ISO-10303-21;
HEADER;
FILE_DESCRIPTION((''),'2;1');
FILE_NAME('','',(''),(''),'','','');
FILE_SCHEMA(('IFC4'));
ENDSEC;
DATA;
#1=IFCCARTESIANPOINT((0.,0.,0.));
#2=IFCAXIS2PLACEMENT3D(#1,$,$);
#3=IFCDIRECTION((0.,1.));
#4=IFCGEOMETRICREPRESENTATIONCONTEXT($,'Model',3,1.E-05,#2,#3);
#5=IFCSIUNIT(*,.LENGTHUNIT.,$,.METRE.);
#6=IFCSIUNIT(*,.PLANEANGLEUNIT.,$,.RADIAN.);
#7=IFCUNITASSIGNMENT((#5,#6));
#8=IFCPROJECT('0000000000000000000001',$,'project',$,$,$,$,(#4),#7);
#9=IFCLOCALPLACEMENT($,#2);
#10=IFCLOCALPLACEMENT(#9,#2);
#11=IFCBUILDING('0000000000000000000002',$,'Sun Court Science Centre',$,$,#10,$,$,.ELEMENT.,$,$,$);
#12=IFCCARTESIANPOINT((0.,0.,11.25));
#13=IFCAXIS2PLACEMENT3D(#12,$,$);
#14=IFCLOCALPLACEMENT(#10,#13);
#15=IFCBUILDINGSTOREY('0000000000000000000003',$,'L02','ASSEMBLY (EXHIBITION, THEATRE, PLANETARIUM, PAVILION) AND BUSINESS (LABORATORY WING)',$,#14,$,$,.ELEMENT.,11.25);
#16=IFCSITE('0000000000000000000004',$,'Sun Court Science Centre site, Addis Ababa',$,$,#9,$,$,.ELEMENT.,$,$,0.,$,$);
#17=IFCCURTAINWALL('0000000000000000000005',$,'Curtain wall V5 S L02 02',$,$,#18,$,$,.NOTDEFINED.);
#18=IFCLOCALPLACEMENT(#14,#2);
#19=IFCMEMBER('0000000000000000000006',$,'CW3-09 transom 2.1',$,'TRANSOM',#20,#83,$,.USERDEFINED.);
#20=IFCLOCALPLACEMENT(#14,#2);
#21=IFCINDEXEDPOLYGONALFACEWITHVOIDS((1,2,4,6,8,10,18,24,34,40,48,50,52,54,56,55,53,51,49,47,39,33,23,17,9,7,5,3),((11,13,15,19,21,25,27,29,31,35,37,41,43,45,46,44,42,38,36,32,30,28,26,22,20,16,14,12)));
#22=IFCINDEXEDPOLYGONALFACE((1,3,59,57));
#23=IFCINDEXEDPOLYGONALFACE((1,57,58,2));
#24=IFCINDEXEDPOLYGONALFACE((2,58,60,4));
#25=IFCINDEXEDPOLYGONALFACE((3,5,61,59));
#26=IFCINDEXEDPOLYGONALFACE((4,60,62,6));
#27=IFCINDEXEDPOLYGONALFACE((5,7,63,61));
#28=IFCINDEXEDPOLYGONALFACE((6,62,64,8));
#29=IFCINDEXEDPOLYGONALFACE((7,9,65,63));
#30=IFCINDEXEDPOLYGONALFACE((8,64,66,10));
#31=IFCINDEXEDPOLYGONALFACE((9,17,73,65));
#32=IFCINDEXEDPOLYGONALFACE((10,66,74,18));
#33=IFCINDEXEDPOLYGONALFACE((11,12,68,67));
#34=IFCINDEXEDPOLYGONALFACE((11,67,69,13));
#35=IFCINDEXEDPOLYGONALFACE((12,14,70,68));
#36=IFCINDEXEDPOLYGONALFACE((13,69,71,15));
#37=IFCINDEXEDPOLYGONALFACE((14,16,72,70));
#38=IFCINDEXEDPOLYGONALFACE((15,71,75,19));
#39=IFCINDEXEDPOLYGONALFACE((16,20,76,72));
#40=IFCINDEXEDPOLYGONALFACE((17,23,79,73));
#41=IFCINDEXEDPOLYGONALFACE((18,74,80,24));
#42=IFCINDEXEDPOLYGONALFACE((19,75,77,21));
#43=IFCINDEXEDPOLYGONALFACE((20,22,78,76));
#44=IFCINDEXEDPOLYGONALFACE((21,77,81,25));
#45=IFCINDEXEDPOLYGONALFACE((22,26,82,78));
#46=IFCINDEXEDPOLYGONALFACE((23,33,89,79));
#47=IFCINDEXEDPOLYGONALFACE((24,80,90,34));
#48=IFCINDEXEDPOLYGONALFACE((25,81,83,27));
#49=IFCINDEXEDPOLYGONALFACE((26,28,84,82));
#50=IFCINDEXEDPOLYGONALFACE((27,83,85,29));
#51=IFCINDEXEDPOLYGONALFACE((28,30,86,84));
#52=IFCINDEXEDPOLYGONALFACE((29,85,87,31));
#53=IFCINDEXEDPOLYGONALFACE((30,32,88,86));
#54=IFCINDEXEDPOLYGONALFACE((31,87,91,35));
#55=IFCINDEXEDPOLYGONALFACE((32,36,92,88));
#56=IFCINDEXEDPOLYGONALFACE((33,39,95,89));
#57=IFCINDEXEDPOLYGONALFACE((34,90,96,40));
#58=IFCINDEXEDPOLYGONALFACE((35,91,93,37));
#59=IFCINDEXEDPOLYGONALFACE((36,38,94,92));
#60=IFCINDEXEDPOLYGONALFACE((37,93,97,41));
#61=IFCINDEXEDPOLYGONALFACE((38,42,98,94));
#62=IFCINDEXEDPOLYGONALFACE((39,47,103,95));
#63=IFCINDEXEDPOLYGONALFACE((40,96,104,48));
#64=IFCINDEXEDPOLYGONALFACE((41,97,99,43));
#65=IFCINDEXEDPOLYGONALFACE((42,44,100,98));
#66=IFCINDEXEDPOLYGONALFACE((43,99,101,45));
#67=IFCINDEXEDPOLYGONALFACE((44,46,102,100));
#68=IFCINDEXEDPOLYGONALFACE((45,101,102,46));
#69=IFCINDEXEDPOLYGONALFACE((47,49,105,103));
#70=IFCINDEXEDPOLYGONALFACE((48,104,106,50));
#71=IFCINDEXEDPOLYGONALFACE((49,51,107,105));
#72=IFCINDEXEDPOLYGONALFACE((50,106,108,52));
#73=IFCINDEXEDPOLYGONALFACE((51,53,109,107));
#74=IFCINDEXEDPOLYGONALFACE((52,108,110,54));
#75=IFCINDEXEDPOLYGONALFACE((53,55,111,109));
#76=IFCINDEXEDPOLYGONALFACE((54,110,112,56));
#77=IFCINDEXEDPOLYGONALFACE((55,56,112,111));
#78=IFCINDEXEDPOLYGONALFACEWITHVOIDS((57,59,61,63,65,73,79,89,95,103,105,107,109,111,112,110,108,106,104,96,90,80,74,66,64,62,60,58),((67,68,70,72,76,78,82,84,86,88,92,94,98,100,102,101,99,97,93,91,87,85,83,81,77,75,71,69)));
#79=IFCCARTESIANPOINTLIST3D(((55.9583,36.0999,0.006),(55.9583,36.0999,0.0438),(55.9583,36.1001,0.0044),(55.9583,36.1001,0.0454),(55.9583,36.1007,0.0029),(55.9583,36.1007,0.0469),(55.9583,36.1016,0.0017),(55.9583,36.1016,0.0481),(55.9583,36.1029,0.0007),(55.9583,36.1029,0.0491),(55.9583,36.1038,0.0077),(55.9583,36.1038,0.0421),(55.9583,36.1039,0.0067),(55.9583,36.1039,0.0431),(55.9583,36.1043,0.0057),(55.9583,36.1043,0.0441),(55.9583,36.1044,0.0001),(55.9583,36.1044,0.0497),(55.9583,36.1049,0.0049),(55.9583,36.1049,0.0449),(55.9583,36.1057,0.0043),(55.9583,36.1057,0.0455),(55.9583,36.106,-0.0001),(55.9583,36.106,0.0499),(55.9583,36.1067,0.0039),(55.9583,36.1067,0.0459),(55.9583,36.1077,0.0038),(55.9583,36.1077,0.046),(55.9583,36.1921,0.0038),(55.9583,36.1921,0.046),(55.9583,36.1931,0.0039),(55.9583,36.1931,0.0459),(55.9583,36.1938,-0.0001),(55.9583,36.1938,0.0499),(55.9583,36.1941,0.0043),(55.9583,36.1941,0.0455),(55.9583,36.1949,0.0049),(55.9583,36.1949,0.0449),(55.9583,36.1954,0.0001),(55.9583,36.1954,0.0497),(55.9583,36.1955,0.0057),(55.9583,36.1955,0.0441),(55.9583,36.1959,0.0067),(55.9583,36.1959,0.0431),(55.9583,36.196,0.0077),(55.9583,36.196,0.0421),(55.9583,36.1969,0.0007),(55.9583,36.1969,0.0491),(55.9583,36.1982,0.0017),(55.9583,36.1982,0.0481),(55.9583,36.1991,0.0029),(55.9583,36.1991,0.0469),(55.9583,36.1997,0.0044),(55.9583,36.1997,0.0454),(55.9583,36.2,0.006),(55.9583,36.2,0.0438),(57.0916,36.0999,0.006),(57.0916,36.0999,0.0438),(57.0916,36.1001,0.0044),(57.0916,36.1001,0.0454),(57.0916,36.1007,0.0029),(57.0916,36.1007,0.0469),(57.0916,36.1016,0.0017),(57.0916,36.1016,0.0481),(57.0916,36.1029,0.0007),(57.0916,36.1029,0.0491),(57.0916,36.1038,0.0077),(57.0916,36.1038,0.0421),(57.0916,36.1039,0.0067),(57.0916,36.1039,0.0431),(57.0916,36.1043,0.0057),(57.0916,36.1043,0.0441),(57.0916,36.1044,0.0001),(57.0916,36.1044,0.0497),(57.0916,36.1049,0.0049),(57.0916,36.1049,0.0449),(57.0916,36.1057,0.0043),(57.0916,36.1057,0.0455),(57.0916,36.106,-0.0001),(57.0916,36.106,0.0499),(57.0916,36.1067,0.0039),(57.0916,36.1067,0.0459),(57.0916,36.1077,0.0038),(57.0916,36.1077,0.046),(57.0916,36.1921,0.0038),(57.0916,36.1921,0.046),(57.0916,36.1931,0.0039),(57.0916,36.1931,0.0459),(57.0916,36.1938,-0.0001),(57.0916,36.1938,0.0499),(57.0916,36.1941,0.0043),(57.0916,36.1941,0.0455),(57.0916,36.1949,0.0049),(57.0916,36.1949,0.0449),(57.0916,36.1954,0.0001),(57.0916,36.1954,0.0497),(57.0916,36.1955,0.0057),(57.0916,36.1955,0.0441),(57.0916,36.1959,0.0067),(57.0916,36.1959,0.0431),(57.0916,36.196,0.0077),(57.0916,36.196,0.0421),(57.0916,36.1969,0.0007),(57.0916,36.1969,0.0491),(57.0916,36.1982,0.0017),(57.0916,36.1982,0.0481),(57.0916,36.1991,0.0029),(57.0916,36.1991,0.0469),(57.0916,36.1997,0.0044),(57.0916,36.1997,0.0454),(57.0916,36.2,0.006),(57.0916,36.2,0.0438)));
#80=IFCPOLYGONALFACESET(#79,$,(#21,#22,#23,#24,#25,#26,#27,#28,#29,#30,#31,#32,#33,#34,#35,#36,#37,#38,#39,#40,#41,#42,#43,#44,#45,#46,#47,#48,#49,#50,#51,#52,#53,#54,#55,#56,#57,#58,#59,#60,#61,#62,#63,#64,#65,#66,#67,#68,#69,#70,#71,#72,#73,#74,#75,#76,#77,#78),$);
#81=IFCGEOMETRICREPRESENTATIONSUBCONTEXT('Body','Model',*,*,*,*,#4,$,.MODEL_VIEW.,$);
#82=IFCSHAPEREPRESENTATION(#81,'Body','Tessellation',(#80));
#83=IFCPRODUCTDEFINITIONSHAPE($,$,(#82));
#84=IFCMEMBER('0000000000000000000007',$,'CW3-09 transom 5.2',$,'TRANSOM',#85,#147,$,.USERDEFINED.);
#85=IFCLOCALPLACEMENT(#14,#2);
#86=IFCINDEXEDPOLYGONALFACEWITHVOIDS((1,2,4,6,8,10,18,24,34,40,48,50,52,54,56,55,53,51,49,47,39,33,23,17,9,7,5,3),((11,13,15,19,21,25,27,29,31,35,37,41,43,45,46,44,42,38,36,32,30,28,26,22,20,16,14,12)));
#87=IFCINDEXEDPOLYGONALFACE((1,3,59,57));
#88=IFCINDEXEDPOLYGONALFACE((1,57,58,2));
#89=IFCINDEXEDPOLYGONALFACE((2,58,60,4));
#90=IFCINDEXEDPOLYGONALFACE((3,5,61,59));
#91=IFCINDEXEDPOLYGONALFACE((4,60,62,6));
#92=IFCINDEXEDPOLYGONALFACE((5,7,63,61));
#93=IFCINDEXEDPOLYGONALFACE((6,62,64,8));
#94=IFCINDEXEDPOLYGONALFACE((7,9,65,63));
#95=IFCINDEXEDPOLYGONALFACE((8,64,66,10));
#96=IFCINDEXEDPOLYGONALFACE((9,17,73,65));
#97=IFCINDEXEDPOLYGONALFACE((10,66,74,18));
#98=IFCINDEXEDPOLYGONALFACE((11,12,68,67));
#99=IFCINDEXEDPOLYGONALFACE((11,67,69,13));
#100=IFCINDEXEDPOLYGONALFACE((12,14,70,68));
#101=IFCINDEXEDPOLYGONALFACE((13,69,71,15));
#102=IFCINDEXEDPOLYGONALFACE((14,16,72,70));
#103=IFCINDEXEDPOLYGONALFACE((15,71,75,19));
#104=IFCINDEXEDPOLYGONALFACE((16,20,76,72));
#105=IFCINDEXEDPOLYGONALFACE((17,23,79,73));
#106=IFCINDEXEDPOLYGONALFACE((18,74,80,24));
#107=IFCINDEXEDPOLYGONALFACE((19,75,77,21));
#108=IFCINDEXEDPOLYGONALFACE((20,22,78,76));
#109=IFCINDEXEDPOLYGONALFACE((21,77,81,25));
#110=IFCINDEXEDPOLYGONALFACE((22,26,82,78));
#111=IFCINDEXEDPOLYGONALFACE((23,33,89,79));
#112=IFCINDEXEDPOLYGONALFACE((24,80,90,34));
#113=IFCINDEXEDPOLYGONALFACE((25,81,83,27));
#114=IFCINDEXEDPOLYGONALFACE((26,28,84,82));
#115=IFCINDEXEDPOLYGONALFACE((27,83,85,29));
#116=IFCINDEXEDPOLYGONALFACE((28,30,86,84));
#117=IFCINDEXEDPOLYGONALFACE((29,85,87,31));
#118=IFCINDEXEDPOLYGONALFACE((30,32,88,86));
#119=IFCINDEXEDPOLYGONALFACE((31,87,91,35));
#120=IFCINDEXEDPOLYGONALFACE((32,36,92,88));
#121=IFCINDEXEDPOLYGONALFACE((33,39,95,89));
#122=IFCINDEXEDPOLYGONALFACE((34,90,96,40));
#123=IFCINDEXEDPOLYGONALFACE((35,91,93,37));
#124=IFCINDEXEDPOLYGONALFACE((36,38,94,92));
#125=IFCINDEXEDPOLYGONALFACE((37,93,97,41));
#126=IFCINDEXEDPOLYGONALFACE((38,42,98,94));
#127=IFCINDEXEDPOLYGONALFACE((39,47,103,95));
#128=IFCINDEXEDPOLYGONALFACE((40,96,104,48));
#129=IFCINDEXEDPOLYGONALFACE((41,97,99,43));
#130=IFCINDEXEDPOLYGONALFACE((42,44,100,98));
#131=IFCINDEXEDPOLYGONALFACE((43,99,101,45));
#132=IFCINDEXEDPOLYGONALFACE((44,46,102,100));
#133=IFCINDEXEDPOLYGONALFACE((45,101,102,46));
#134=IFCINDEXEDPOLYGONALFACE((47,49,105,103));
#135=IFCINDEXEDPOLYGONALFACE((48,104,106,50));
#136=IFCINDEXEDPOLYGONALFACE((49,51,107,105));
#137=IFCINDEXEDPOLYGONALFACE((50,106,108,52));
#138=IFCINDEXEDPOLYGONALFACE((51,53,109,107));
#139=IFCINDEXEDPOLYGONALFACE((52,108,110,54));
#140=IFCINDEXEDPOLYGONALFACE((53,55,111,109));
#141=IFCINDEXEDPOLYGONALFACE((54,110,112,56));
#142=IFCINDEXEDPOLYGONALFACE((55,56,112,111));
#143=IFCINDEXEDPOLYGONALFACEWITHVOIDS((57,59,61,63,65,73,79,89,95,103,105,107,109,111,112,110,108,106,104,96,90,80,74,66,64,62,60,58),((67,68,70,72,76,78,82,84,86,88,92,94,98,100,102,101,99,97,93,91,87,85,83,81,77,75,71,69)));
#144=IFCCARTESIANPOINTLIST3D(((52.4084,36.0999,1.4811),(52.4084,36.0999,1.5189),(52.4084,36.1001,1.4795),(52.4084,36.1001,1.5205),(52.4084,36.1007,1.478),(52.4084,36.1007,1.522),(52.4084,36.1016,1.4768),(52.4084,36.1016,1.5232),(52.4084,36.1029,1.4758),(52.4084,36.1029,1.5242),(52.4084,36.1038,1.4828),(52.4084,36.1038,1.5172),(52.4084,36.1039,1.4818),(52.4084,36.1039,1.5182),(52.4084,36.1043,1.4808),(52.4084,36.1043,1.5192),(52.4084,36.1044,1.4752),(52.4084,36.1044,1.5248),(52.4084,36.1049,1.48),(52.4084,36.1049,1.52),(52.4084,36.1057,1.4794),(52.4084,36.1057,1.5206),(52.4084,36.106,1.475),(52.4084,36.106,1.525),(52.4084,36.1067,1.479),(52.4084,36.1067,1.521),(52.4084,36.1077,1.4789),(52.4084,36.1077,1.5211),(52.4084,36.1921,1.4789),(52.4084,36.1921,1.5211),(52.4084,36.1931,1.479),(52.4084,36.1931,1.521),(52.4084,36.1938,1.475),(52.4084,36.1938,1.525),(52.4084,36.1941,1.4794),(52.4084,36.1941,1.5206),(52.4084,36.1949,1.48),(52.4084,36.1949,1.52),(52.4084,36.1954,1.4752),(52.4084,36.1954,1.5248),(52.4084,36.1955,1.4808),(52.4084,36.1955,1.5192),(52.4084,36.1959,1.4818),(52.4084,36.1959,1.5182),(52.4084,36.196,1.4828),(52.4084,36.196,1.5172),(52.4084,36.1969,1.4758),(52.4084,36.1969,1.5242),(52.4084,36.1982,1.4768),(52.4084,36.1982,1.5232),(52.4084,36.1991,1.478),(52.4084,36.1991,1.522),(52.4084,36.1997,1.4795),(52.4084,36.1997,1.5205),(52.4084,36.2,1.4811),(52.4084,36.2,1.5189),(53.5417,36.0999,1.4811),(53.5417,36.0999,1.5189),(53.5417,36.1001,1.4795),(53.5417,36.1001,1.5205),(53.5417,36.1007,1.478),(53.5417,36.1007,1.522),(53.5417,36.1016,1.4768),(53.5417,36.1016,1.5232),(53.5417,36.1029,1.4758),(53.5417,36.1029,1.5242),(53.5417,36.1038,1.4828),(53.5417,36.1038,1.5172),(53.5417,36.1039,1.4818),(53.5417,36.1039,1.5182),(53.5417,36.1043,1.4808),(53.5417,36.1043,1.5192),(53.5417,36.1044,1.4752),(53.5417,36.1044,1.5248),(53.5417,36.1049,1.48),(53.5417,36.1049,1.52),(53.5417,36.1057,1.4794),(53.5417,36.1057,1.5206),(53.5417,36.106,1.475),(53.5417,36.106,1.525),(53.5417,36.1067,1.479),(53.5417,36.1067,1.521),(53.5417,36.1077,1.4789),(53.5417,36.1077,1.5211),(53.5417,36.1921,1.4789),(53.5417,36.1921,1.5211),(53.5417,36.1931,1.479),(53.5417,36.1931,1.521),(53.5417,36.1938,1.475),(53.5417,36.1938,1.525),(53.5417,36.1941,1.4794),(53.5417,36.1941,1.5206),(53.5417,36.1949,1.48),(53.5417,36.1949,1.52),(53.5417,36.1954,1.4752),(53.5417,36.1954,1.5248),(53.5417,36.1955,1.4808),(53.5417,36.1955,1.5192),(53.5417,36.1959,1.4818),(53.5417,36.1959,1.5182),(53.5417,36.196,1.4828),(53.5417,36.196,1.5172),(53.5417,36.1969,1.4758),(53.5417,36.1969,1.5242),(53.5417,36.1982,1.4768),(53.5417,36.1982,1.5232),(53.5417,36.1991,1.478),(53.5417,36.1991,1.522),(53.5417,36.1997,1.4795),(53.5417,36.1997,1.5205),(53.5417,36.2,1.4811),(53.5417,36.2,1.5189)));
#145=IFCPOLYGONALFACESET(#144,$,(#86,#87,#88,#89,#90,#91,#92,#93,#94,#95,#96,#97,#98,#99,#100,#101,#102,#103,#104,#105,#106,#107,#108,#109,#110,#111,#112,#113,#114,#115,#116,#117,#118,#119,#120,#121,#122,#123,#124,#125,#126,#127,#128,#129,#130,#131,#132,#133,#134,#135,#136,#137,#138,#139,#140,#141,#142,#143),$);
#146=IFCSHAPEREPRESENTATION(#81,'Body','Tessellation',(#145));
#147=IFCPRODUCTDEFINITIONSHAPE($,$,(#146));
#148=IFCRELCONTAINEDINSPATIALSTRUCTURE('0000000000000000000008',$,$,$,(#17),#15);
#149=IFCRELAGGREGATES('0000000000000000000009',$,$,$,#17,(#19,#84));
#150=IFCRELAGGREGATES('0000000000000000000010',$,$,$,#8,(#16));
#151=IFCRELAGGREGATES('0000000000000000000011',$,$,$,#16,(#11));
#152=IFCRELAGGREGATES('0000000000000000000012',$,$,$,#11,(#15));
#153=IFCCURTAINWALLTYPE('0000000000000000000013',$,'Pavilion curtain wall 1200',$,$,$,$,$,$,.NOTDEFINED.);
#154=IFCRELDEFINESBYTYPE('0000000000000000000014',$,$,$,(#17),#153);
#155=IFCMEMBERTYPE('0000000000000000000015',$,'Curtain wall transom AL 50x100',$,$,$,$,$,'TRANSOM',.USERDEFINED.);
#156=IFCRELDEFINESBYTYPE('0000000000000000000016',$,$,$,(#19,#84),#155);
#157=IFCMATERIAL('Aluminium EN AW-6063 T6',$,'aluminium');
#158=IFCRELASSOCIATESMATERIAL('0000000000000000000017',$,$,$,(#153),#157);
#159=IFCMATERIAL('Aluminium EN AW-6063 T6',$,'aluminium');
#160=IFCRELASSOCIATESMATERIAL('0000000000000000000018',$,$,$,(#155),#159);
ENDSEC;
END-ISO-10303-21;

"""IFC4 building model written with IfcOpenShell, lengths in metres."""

from ifc_helpers import new_model, si_unit, direction, frame, origin, origin_2d, place, context, subcontext, project, spatial, hollow_rectangle, extrude, material, material_profile, profile_set, type_object, element, aggregate, save


model = new_model("IFC4")

# Units and contexts
model_context = context("Model", 3, precision=1e-05, world=origin(), true_north=direction((0.0, 1.0)))
body_context = subcontext(model_context, "Body", "Model", "MODEL_VIEW")
ifc_project = project(units=[si_unit("LENGTHUNIT", "METRE"), si_unit("PLANEANGLEUNIT", "RADIAN")], contexts=[model_context])

# Site, building, storey
site_placement = place(None, origin())
site = spatial("IfcSite", under=ifc_project, at=site_placement, Name="Sun Court Science Centre site, Addis Ababa", CompositionType="ELEMENT", RefElevation=0.0)
building_placement = place(site_placement, origin())
building = spatial("IfcBuilding", under=site, at=building_placement, Name="Sun Court Science Centre", CompositionType="ELEMENT")
storey_placement = place(building_placement, frame((0.0, 0.0, 11.25)))
storey = spatial("IfcBuildingStorey", under=building, at=storey_placement, Name="L02", Description="ASSEMBLY (EXHIBITION, THEATRE, PLANETARIUM, PAVILION) AND BUSINESS (LABORATORY WING)", CompositionType="ELEMENT", Elevation=11.25)

# Curtain wall, members
ifc_material_1 = material(Name="Aluminium EN AW-6063 T6", Category="aluminium")
curtain_wall_type = type_object("IfcCurtainWallType", Name="Pavilion curtain wall 1200", PredefinedType="NOTDEFINED", material=ifc_material_1)
curtain_wall_placement = place(storey_placement, origin())
curtain_wall = element("IfcCurtainWall", 1, at=curtain_wall_placement, inside=storey, type_object=curtain_wall_type, Name="Curtain wall V5 S L02 02", PredefinedType="NOTDEFINED")
ifc_material_2 = material(Name="Aluminium EN AW-6063 T6", Category="aluminium")
ifc_material_profile_1 = material_profile(ifc_material_2, hollow_rectangle(XDim=0.05, YDim=0.1001, WallThickness=0.0039, InnerFilletRadius=0.0039, OuterFilletRadius=0.0061, at=origin_2d()), Name="AL 50x100x4")
ifc_profile_set_1 = profile_set([ifc_material_profile_1], Name="Aluminium EN AW-6063 T6")
member_type_1 = type_object("IfcMemberType", Name="Curtain wall transom AL 50x100", ElementType="TRANSOM", PredefinedType="USERDEFINED", material=ifc_profile_set_1)
member_1_placement = place(storey_placement, frame((57.0916, 36.1499, 0.0249), z_axis=(-1.0, 0.0, 0.0), x_axis=(0.0, 0.0, 1.0)))
member_1 = element("IfcMember", 2, at=member_1_placement, type_object=member_type_1, Name="CW3-09 transom 2.1", ObjectType="TRANSOM", PredefinedType="USERDEFINED", context=body_context, shape_type="SweptSolid", body=[
    extrude(hollow_rectangle(XDim=0.05, YDim=0.1001, WallThickness=0.0039, InnerFilletRadius=0.0039, OuterFilletRadius=0.0061, at=origin_2d()), origin(), (0.0, 0.0, 1.0), 1.1333),
])
member_2_placement = place(storey_placement, frame((53.5417, 36.1499, 1.5), z_axis=(-1.0, 0.0, 0.0), x_axis=(0.0, 0.0, 1.0)))
member_2 = element("IfcMember", 3, at=member_2_placement, type_object=member_type_1, Name="CW3-09 transom 5.2", ObjectType="TRANSOM", PredefinedType="USERDEFINED", context=body_context, shape_type="SweptSolid", body=[
    extrude(hollow_rectangle(XDim=0.05, YDim=0.1001, WallThickness=0.0039, InnerFilletRadius=0.0039, OuterFilletRadius=0.0061, at=origin_2d()), origin(), (0.0, 0.0, 1.0), 1.1333),
])
aggregate(curtain_wall, [member_1, member_2])

save(model, "model.ifc")
